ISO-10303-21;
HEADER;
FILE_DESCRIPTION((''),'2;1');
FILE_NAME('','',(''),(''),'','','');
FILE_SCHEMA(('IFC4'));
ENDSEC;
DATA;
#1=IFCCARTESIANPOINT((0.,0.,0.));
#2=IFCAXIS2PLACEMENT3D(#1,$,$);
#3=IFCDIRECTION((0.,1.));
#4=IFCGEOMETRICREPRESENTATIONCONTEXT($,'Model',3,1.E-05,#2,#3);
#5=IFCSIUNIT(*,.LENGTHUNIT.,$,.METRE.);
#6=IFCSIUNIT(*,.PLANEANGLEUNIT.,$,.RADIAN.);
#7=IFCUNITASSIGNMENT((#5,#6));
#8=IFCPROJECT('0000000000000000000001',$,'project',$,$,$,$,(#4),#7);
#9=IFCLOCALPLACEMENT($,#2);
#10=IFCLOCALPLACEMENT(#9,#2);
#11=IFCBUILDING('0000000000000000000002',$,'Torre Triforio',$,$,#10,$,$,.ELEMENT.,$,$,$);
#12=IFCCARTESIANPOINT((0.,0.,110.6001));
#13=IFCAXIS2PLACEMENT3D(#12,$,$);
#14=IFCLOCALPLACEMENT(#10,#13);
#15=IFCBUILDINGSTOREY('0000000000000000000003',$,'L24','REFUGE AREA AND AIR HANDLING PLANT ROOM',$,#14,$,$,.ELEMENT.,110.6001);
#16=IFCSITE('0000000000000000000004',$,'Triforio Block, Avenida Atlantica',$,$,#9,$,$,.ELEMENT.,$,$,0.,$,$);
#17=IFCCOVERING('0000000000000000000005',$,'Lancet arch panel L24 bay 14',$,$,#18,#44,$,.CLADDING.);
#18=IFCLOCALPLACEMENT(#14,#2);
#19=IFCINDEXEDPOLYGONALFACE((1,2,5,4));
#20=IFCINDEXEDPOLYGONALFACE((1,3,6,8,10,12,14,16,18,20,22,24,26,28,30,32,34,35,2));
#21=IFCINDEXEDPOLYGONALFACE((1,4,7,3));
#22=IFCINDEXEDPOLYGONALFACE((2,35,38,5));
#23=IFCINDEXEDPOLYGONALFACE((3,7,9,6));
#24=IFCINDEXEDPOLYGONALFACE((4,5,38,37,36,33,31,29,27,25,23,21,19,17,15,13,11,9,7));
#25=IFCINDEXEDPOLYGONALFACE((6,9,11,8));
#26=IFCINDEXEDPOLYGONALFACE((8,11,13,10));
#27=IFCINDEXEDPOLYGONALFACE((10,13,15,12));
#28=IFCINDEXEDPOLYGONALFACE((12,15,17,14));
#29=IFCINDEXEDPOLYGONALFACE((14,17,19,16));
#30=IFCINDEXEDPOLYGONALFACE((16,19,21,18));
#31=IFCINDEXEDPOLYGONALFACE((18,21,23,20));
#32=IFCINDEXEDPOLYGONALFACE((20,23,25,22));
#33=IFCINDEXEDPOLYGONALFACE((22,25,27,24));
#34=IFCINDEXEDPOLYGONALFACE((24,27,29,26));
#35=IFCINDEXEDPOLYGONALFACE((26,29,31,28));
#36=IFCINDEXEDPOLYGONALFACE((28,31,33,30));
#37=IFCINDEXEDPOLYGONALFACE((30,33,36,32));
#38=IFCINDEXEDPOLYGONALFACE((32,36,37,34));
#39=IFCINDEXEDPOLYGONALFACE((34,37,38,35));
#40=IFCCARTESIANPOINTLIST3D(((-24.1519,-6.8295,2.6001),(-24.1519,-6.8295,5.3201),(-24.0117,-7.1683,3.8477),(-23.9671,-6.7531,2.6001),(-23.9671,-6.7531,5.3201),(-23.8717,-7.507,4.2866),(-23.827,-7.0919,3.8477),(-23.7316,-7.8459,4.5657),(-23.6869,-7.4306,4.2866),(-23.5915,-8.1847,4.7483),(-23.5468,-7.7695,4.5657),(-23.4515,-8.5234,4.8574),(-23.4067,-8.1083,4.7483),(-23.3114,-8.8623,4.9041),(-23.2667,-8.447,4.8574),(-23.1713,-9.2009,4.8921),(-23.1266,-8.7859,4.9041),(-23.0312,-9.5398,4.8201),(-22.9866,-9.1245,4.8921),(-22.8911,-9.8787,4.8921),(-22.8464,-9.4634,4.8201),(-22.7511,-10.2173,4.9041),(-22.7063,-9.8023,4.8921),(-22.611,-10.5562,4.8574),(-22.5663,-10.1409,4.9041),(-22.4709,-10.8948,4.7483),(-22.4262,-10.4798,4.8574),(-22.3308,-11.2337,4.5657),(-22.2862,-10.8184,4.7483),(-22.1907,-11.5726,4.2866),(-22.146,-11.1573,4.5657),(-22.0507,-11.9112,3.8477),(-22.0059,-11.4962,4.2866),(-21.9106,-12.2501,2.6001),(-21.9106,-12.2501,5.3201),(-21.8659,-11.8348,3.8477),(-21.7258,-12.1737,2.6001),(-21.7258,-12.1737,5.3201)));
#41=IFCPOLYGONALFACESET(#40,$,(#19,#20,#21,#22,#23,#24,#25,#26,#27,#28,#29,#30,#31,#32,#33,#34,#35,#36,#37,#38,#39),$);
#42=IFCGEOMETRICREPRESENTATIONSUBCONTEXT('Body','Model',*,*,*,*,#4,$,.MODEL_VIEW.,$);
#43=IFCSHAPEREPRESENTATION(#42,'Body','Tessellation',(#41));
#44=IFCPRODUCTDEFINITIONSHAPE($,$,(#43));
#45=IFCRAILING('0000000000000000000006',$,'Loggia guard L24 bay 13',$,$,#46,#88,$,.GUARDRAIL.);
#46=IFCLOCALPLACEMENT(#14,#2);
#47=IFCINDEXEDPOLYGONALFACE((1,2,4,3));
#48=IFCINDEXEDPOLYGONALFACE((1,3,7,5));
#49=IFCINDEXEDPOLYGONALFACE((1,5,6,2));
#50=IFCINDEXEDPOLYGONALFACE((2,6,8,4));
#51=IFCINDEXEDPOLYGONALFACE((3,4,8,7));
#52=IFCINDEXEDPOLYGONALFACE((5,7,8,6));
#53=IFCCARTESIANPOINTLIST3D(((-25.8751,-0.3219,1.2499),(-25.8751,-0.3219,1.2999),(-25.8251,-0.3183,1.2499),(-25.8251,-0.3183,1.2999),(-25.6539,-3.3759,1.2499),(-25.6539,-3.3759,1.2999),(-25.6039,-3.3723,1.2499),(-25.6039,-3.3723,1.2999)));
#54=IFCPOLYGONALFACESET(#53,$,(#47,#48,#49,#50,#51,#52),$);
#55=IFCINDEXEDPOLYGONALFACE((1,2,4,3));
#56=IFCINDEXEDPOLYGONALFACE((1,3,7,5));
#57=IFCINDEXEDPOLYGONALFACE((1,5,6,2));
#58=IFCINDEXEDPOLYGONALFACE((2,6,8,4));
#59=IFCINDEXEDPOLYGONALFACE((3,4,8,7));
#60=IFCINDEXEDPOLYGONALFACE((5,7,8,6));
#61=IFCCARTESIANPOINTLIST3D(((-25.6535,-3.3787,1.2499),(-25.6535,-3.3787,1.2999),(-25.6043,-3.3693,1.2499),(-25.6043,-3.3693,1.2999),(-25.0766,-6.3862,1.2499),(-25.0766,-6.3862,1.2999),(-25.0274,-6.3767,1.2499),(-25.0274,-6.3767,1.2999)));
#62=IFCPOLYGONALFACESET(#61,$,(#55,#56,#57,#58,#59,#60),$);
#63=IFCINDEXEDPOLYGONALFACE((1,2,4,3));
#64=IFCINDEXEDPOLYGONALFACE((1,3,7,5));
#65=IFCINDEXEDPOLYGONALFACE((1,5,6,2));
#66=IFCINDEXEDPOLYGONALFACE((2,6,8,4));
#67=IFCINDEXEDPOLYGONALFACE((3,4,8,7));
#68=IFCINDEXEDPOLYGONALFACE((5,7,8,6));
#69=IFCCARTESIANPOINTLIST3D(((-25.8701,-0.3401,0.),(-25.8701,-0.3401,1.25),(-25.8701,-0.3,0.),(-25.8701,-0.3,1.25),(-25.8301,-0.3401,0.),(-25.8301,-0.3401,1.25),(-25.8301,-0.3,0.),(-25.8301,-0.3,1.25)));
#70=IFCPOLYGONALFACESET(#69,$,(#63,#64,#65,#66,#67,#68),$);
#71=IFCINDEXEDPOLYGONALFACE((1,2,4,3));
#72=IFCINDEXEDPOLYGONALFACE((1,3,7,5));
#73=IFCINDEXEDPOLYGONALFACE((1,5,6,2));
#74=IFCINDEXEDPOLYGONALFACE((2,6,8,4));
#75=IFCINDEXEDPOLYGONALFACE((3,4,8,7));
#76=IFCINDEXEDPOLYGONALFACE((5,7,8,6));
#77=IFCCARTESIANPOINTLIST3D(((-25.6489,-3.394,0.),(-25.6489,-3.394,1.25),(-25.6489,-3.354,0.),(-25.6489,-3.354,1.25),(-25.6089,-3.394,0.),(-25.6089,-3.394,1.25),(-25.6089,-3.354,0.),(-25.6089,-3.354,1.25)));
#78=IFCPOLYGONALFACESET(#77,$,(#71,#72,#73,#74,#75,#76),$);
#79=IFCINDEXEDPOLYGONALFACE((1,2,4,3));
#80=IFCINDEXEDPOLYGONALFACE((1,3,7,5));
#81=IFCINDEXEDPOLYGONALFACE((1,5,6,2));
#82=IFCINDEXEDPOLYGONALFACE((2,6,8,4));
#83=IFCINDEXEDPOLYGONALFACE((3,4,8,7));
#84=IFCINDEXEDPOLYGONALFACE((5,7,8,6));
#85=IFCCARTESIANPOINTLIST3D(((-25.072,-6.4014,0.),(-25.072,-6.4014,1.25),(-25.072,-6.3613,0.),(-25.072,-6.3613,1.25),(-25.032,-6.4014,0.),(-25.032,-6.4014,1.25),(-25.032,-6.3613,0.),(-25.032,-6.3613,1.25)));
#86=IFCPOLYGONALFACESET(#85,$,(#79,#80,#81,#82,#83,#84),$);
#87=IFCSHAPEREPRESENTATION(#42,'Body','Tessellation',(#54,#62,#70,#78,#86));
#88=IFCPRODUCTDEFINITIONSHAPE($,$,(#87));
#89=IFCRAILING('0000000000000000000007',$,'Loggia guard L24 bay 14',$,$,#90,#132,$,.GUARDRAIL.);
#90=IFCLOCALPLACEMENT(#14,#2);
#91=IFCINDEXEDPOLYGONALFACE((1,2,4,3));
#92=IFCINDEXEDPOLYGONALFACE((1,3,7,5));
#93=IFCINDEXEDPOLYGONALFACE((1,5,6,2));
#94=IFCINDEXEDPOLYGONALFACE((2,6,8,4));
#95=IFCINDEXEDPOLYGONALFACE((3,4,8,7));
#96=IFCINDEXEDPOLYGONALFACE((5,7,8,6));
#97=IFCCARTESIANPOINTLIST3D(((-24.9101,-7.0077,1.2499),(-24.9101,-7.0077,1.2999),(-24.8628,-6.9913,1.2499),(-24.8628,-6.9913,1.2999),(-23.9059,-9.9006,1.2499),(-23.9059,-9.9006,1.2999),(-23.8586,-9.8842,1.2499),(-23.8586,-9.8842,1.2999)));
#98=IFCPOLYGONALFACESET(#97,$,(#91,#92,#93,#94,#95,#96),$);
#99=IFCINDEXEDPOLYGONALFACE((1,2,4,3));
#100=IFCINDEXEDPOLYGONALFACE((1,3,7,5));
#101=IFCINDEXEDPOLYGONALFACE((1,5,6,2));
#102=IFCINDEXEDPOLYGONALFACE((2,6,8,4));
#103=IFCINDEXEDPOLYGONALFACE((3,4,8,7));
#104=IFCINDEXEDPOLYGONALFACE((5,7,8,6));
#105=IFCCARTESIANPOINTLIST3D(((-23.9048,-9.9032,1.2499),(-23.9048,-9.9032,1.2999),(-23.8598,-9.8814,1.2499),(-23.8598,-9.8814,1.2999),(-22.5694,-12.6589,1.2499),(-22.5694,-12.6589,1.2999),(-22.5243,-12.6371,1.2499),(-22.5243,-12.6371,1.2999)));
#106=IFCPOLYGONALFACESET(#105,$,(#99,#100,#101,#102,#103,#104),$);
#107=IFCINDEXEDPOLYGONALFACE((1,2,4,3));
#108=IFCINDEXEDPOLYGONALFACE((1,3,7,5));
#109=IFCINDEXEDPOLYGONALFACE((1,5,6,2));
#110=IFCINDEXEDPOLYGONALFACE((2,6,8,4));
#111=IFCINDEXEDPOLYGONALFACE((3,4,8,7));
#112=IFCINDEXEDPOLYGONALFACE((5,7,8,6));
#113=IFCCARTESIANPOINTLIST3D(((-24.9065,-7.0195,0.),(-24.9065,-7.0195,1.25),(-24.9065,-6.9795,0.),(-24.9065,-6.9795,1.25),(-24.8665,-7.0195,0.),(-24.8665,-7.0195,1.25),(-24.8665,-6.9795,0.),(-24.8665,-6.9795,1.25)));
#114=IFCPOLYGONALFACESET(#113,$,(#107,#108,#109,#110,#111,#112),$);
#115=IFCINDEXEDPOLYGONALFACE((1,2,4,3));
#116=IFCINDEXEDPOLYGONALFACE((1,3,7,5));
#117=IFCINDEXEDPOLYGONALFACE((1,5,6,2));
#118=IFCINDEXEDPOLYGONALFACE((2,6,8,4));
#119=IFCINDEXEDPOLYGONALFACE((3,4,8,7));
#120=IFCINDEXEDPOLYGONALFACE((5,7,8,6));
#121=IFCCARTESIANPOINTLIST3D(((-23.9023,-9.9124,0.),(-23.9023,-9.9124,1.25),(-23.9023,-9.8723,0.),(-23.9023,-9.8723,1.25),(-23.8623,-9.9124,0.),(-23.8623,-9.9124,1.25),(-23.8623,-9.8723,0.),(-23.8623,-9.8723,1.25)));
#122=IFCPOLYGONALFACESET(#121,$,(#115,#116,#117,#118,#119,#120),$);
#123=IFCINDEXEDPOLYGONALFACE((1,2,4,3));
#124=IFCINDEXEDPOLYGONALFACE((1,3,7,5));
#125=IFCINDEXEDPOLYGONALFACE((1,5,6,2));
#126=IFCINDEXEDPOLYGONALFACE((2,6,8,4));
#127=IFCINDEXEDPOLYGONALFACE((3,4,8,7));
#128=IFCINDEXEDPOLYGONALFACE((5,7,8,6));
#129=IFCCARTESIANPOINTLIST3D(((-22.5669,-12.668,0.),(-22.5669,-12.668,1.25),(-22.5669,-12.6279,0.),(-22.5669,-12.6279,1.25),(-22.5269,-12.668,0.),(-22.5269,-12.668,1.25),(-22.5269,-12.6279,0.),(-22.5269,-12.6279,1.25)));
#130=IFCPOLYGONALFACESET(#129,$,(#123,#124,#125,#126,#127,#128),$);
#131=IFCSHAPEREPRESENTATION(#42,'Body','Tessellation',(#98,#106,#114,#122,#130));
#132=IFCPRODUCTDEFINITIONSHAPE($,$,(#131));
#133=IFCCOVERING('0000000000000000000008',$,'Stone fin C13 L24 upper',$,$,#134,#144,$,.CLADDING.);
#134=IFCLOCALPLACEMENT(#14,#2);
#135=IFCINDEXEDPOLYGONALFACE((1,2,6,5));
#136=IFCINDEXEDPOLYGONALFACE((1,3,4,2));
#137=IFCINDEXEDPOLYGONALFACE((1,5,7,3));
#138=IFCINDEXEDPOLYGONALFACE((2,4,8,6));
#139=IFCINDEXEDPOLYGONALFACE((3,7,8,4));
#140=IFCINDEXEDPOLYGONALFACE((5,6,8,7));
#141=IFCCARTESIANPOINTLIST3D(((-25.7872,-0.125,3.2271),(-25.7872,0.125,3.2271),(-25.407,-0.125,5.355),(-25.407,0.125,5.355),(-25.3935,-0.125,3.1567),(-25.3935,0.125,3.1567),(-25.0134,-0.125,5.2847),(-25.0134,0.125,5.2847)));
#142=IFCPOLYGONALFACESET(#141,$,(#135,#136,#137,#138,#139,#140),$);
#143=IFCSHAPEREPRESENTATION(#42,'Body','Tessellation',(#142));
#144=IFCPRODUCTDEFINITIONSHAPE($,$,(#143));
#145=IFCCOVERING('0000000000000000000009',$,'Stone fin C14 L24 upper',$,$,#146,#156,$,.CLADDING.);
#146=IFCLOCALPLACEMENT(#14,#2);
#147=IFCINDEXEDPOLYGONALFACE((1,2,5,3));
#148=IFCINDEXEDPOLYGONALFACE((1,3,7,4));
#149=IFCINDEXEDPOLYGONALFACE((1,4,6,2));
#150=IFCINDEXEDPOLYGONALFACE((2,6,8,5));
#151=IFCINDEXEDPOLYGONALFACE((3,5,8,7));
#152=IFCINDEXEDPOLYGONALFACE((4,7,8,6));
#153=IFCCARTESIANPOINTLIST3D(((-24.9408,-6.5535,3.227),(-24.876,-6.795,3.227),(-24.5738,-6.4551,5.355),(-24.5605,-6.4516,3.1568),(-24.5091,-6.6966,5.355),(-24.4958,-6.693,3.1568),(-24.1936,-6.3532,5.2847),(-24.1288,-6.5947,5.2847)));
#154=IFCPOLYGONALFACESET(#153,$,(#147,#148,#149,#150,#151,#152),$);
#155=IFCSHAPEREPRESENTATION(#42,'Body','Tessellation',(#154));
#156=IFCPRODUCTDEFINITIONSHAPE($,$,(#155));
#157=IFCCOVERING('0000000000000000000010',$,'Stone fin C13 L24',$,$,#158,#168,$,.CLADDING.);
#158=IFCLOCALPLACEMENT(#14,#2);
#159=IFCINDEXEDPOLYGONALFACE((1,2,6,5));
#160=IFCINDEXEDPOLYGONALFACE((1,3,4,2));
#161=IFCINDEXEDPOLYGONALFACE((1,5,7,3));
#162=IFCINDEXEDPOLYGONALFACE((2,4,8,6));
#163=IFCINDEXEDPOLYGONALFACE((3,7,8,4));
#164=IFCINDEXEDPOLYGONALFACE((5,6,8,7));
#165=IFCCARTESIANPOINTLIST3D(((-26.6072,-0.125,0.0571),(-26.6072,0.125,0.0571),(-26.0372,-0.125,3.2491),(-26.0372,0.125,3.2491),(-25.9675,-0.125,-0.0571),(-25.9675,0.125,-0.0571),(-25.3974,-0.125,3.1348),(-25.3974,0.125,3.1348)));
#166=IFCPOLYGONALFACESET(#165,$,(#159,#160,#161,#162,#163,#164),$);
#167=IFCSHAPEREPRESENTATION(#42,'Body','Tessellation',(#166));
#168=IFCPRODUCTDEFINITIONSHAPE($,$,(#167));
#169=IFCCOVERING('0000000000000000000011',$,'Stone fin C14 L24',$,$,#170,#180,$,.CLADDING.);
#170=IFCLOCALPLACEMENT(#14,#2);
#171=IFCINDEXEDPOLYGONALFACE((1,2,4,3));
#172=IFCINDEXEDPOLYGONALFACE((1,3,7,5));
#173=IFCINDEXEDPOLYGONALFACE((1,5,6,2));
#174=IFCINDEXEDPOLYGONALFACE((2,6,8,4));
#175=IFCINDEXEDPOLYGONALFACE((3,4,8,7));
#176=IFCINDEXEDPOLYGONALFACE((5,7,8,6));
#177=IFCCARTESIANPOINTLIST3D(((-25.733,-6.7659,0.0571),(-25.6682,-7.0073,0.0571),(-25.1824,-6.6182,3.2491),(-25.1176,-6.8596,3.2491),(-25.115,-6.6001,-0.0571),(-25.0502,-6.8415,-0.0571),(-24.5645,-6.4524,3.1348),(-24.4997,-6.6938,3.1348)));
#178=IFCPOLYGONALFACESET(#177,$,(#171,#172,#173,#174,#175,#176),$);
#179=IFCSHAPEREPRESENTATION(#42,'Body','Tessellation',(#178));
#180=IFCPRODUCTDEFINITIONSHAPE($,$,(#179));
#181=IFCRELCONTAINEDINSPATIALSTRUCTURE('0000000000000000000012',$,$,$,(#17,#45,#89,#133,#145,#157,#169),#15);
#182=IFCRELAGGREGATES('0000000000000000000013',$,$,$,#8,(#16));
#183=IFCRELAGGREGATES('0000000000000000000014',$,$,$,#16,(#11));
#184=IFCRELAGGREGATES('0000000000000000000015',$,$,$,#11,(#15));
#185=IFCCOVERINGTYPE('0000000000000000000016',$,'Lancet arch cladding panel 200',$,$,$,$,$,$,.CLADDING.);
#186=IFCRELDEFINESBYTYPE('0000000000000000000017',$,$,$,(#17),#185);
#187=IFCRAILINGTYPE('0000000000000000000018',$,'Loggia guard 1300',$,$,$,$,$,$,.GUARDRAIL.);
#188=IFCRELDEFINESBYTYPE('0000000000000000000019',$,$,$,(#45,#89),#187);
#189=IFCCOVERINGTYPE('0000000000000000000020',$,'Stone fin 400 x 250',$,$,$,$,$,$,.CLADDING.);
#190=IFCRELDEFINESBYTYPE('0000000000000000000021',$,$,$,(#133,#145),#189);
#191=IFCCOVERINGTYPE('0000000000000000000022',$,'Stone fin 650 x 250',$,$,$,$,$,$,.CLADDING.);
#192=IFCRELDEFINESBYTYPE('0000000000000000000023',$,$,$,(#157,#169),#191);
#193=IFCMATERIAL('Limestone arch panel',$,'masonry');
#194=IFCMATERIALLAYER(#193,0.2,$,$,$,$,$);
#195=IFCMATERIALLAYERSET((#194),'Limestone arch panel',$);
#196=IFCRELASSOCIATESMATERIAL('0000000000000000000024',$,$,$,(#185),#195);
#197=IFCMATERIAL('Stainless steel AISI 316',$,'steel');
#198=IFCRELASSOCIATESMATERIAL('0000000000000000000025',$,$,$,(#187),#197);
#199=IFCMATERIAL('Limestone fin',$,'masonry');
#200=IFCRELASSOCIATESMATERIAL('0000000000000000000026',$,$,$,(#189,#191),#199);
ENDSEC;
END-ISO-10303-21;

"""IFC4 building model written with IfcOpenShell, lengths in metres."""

from ifc_helpers import new_model, si_unit, direction, frame, origin, origin_2d, place, context, subcontext, project, spatial, polyline, rectangle, outline, extrude, material, layer, layer_set, material_profile, profile_set, type_object, element, save


model = new_model("IFC4")

# Units and contexts
model_context = context("Model", 3, precision=1e-05, world=origin(), true_north=direction((0.0, 1.0)))
body_context = subcontext(model_context, "Body", "Model", "MODEL_VIEW")
ifc_project = project(units=[si_unit("LENGTHUNIT", "METRE"), si_unit("PLANEANGLEUNIT", "RADIAN")], contexts=[model_context])

# Site, building, storey
site_placement = place(None, origin())
site = spatial("IfcSite", under=ifc_project, at=site_placement, Name="Triforio Block, Avenida Atlantica", CompositionType="ELEMENT", RefElevation=0.0)
building_placement = place(site_placement, origin())
building = spatial("IfcBuilding", under=site, at=building_placement, Name="Torre Triforio", CompositionType="ELEMENT")
storey_placement = place(building_placement, frame((0.0, 0.0, 110.6001)))
storey = spatial("IfcBuildingStorey", under=building, at=storey_placement, Name="L24", Description="REFUGE AREA AND AIR HANDLING PLANT ROOM", CompositionType="ELEMENT", Elevation=110.6001)

# Covering
ifc_material_1 = material(Name="Limestone arch panel", Category="masonry")
ifc_layer_1 = layer(ifc_material_1, 0.2)
ifc_layer_set_1 = layer_set([ifc_layer_1], Name="Limestone arch panel")
covering_type_1 = type_object("IfcCoveringType", Name="Lancet arch cladding panel 200", PredefinedType="CLADDING", material=ifc_layer_set_1)
covering_1_placement = place(storey_placement, frame((-22.8464, -9.4634, 0.0), z_axis=(-0.924121, -0.3821, 0.0), x_axis=(0.3821, -0.924121, 0.0)))
element("IfcCovering", 1, at=covering_1_placement, inside=storey, type_object=covering_type_1, Name="Lancet arch panel L24 bay 14", PredefinedType="CLADDING", context=body_context, shape_type="SweptSolid", body=[
    extrude(outline(polyline([(-2.9329, 5.3201), (-2.9329, 2.6001), (-2.5662, 3.8477), (-2.1997, 4.2866), (-1.833, 4.5657), (-1.4663, 4.7483), (-1.0999, 4.8574), (-0.7332, 4.9041), (-0.3667, 4.8921), (0.0, 4.8201), (0.3667, 4.8921), (0.7332, 4.9041), (1.0999, 4.8574), (1.4663, 4.7483), (1.833, 4.5657), (2.1997, 4.2866), (2.5662, 3.8477), (2.9329, 2.6001), (2.9329, 5.3201), (-2.9329, 5.3201)])), origin(), (0.0, 0.0, 1.0), 0.2),
])

# Railings
ifc_material_2 = material(Name="Stainless steel AISI 316", Category="steel")
railing_type = type_object("IfcRailingType", Name="Loggia guard 1300", PredefinedType="GUARDRAIL", material=ifc_material_2)
railing_1_placement = place(storey_placement, frame((-25.8501, -0.3201, 0.0)))
element("IfcRailing", 2, at=railing_1_placement, inside=storey, type_object=railing_type, Name="Loggia guard L24 bay 13", PredefinedType="GUARDRAIL", context=body_context, shape_type="SweptSolid", body=[
    extrude(rectangle(XDim=0.05, YDim=0.05, at=origin_2d()), frame((0.0, 0.0, 1.2749), z_axis=(0.072239, -0.997387, 0.0), x_axis=(0.997387, 0.072239, 0.0)), (0.0, 0.0, 1.0), 3.062),
    extrude(rectangle(XDim=0.05, YDim=0.05, at=origin_2d()), frame((0.2212, -3.054, 1.2749), z_axis=(0.188398, -0.982093, 0.0), x_axis=(0.982093, 0.188398, 0.0)), (0.0, 0.0, 1.0), 3.0623),
    extrude(rectangle(XDim=0.04, YDim=0.04, at=origin_2d()), origin(), (0.0, 0.0, 1.0), 1.25),
    extrude(rectangle(XDim=0.04, YDim=0.04, at=origin_2d()), frame((0.2212, -3.054, 0.0)), (0.0, 0.0, 1.0), 1.25),
    extrude(rectangle(XDim=0.04, YDim=0.04, at=origin_2d()), frame((0.7981, -6.0613, 0.0)), (0.0, 0.0, 1.0), 1.25),
])
railing_2_placement = place(storey_placement, frame((-24.8865, -6.9995, 0.0)))
element("IfcRailing", 3, at=railing_2_placement, inside=storey, type_object=railing_type, Name="Loggia guard L24 bay 14", PredefinedType="GUARDRAIL", context=body_context, shape_type="SweptSolid", body=[
    extrude(rectangle(XDim=0.05, YDim=0.05, at=origin_2d()), frame((0.0, 0.0, 1.2749), z_axis=(0.327924, -0.944704, 0.0), x_axis=(0.944704, 0.327924, 0.0)), (0.0, 0.0, 1.0), 3.0623),
    extrude(rectangle(XDim=0.05, YDim=0.05, at=origin_2d()), frame((1.0042, -2.8928, 1.2749), z_axis=(0.436113, -0.899892, 0.0), x_axis=(0.899892, 0.436113, 0.0)), (0.0, 0.0, 1.0), 3.0623),
    extrude(rectangle(XDim=0.04, YDim=0.04, at=origin_2d()), origin(), (0.0, 0.0, 1.0), 1.25),
    extrude(rectangle(XDim=0.04, YDim=0.04, at=origin_2d()), frame((1.0042, -2.8928, 0.0)), (0.0, 0.0, 1.0), 1.25),
    extrude(rectangle(XDim=0.04, YDim=0.04, at=origin_2d()), frame((2.3396, -5.6484, 0.0)), (0.0, 0.0, 1.0), 1.25),
])

# Coverings
ifc_material_3 = material(Name="Limestone fin", Category="masonry")
ifc_material_profile_1 = material_profile(ifc_material_3, rectangle(XDim=0.3999, YDim=0.25, at=origin_2d()), Name="FIN 400x250")
ifc_profile_set_1 = profile_set([ifc_material_profile_1], Name="Limestone fin")
covering_type_2 = type_object("IfcCoveringType", Name="Stone fin 400 x 250", PredefinedType="CLADDING", material=ifc_profile_set_1)
for number, where, z_axis, x_axis, name in (
    (4, (-25.5903, 0.0, 3.1919), (0.175853, 0.0, 0.984416), (-0.984416, 0.0, 0.175853), "Stone fin C13 L24 upper"),
    (5, (-24.7183, -6.6233, 3.1919), (0.169757, 0.045517, 0.984434), (-0.950847, -0.254951, 0.175754), "Stone fin C14 L24 upper"),
):
    element("IfcCovering", number, at=place(storey_placement, frame(where, z_axis=z_axis, x_axis=x_axis)), inside=storey, type_object=covering_type_2, Name=name, PredefinedType="CLADDING", context=body_context, shape_type="SweptSolid", body=[
        extrude(rectangle(XDim=0.3999, YDim=0.25, at=origin_2d()), origin(), (0.0, 0.0, 1.0), 2.1616),
    ])
ifc_material_profile_2 = material_profile(ifc_material_3, rectangle(XDim=0.6499, YDim=0.25, at=origin_2d()), Name="FIN 650x250")
ifc_profile_set_2 = profile_set([ifc_material_profile_2], Name="Limestone fin")
covering_type_3 = type_object("IfcCoveringType", Name="Stone fin 650 x 250", PredefinedType="CLADDING", material=ifc_profile_set_2)
for number, where, z_axis, x_axis, name in (
    (6, (-26.2874, 0.0, 0.0), (0.175817, 0.0, 0.984423), (-0.984423, 0.0, 0.175817), "Stone fin C13 L24"),
    (7, (-25.3916, -6.8037, 0.0), (0.169794, 0.045554, 0.984426), (-0.950801, -0.255093, 0.175798), "Stone fin C14 L24"),
):
    element("IfcCovering", number, at=place(storey_placement, frame(where, z_axis=z_axis, x_axis=x_axis)), inside=storey, type_object=covering_type_3, Name=name, PredefinedType="CLADDING", context=body_context, shape_type="SweptSolid", body=[
        extrude(rectangle(XDim=0.6499, YDim=0.25, at=origin_2d()), origin(), (0.0, 0.0, 1.0), 3.2424),
    ])

save(model, "model.ifc")
